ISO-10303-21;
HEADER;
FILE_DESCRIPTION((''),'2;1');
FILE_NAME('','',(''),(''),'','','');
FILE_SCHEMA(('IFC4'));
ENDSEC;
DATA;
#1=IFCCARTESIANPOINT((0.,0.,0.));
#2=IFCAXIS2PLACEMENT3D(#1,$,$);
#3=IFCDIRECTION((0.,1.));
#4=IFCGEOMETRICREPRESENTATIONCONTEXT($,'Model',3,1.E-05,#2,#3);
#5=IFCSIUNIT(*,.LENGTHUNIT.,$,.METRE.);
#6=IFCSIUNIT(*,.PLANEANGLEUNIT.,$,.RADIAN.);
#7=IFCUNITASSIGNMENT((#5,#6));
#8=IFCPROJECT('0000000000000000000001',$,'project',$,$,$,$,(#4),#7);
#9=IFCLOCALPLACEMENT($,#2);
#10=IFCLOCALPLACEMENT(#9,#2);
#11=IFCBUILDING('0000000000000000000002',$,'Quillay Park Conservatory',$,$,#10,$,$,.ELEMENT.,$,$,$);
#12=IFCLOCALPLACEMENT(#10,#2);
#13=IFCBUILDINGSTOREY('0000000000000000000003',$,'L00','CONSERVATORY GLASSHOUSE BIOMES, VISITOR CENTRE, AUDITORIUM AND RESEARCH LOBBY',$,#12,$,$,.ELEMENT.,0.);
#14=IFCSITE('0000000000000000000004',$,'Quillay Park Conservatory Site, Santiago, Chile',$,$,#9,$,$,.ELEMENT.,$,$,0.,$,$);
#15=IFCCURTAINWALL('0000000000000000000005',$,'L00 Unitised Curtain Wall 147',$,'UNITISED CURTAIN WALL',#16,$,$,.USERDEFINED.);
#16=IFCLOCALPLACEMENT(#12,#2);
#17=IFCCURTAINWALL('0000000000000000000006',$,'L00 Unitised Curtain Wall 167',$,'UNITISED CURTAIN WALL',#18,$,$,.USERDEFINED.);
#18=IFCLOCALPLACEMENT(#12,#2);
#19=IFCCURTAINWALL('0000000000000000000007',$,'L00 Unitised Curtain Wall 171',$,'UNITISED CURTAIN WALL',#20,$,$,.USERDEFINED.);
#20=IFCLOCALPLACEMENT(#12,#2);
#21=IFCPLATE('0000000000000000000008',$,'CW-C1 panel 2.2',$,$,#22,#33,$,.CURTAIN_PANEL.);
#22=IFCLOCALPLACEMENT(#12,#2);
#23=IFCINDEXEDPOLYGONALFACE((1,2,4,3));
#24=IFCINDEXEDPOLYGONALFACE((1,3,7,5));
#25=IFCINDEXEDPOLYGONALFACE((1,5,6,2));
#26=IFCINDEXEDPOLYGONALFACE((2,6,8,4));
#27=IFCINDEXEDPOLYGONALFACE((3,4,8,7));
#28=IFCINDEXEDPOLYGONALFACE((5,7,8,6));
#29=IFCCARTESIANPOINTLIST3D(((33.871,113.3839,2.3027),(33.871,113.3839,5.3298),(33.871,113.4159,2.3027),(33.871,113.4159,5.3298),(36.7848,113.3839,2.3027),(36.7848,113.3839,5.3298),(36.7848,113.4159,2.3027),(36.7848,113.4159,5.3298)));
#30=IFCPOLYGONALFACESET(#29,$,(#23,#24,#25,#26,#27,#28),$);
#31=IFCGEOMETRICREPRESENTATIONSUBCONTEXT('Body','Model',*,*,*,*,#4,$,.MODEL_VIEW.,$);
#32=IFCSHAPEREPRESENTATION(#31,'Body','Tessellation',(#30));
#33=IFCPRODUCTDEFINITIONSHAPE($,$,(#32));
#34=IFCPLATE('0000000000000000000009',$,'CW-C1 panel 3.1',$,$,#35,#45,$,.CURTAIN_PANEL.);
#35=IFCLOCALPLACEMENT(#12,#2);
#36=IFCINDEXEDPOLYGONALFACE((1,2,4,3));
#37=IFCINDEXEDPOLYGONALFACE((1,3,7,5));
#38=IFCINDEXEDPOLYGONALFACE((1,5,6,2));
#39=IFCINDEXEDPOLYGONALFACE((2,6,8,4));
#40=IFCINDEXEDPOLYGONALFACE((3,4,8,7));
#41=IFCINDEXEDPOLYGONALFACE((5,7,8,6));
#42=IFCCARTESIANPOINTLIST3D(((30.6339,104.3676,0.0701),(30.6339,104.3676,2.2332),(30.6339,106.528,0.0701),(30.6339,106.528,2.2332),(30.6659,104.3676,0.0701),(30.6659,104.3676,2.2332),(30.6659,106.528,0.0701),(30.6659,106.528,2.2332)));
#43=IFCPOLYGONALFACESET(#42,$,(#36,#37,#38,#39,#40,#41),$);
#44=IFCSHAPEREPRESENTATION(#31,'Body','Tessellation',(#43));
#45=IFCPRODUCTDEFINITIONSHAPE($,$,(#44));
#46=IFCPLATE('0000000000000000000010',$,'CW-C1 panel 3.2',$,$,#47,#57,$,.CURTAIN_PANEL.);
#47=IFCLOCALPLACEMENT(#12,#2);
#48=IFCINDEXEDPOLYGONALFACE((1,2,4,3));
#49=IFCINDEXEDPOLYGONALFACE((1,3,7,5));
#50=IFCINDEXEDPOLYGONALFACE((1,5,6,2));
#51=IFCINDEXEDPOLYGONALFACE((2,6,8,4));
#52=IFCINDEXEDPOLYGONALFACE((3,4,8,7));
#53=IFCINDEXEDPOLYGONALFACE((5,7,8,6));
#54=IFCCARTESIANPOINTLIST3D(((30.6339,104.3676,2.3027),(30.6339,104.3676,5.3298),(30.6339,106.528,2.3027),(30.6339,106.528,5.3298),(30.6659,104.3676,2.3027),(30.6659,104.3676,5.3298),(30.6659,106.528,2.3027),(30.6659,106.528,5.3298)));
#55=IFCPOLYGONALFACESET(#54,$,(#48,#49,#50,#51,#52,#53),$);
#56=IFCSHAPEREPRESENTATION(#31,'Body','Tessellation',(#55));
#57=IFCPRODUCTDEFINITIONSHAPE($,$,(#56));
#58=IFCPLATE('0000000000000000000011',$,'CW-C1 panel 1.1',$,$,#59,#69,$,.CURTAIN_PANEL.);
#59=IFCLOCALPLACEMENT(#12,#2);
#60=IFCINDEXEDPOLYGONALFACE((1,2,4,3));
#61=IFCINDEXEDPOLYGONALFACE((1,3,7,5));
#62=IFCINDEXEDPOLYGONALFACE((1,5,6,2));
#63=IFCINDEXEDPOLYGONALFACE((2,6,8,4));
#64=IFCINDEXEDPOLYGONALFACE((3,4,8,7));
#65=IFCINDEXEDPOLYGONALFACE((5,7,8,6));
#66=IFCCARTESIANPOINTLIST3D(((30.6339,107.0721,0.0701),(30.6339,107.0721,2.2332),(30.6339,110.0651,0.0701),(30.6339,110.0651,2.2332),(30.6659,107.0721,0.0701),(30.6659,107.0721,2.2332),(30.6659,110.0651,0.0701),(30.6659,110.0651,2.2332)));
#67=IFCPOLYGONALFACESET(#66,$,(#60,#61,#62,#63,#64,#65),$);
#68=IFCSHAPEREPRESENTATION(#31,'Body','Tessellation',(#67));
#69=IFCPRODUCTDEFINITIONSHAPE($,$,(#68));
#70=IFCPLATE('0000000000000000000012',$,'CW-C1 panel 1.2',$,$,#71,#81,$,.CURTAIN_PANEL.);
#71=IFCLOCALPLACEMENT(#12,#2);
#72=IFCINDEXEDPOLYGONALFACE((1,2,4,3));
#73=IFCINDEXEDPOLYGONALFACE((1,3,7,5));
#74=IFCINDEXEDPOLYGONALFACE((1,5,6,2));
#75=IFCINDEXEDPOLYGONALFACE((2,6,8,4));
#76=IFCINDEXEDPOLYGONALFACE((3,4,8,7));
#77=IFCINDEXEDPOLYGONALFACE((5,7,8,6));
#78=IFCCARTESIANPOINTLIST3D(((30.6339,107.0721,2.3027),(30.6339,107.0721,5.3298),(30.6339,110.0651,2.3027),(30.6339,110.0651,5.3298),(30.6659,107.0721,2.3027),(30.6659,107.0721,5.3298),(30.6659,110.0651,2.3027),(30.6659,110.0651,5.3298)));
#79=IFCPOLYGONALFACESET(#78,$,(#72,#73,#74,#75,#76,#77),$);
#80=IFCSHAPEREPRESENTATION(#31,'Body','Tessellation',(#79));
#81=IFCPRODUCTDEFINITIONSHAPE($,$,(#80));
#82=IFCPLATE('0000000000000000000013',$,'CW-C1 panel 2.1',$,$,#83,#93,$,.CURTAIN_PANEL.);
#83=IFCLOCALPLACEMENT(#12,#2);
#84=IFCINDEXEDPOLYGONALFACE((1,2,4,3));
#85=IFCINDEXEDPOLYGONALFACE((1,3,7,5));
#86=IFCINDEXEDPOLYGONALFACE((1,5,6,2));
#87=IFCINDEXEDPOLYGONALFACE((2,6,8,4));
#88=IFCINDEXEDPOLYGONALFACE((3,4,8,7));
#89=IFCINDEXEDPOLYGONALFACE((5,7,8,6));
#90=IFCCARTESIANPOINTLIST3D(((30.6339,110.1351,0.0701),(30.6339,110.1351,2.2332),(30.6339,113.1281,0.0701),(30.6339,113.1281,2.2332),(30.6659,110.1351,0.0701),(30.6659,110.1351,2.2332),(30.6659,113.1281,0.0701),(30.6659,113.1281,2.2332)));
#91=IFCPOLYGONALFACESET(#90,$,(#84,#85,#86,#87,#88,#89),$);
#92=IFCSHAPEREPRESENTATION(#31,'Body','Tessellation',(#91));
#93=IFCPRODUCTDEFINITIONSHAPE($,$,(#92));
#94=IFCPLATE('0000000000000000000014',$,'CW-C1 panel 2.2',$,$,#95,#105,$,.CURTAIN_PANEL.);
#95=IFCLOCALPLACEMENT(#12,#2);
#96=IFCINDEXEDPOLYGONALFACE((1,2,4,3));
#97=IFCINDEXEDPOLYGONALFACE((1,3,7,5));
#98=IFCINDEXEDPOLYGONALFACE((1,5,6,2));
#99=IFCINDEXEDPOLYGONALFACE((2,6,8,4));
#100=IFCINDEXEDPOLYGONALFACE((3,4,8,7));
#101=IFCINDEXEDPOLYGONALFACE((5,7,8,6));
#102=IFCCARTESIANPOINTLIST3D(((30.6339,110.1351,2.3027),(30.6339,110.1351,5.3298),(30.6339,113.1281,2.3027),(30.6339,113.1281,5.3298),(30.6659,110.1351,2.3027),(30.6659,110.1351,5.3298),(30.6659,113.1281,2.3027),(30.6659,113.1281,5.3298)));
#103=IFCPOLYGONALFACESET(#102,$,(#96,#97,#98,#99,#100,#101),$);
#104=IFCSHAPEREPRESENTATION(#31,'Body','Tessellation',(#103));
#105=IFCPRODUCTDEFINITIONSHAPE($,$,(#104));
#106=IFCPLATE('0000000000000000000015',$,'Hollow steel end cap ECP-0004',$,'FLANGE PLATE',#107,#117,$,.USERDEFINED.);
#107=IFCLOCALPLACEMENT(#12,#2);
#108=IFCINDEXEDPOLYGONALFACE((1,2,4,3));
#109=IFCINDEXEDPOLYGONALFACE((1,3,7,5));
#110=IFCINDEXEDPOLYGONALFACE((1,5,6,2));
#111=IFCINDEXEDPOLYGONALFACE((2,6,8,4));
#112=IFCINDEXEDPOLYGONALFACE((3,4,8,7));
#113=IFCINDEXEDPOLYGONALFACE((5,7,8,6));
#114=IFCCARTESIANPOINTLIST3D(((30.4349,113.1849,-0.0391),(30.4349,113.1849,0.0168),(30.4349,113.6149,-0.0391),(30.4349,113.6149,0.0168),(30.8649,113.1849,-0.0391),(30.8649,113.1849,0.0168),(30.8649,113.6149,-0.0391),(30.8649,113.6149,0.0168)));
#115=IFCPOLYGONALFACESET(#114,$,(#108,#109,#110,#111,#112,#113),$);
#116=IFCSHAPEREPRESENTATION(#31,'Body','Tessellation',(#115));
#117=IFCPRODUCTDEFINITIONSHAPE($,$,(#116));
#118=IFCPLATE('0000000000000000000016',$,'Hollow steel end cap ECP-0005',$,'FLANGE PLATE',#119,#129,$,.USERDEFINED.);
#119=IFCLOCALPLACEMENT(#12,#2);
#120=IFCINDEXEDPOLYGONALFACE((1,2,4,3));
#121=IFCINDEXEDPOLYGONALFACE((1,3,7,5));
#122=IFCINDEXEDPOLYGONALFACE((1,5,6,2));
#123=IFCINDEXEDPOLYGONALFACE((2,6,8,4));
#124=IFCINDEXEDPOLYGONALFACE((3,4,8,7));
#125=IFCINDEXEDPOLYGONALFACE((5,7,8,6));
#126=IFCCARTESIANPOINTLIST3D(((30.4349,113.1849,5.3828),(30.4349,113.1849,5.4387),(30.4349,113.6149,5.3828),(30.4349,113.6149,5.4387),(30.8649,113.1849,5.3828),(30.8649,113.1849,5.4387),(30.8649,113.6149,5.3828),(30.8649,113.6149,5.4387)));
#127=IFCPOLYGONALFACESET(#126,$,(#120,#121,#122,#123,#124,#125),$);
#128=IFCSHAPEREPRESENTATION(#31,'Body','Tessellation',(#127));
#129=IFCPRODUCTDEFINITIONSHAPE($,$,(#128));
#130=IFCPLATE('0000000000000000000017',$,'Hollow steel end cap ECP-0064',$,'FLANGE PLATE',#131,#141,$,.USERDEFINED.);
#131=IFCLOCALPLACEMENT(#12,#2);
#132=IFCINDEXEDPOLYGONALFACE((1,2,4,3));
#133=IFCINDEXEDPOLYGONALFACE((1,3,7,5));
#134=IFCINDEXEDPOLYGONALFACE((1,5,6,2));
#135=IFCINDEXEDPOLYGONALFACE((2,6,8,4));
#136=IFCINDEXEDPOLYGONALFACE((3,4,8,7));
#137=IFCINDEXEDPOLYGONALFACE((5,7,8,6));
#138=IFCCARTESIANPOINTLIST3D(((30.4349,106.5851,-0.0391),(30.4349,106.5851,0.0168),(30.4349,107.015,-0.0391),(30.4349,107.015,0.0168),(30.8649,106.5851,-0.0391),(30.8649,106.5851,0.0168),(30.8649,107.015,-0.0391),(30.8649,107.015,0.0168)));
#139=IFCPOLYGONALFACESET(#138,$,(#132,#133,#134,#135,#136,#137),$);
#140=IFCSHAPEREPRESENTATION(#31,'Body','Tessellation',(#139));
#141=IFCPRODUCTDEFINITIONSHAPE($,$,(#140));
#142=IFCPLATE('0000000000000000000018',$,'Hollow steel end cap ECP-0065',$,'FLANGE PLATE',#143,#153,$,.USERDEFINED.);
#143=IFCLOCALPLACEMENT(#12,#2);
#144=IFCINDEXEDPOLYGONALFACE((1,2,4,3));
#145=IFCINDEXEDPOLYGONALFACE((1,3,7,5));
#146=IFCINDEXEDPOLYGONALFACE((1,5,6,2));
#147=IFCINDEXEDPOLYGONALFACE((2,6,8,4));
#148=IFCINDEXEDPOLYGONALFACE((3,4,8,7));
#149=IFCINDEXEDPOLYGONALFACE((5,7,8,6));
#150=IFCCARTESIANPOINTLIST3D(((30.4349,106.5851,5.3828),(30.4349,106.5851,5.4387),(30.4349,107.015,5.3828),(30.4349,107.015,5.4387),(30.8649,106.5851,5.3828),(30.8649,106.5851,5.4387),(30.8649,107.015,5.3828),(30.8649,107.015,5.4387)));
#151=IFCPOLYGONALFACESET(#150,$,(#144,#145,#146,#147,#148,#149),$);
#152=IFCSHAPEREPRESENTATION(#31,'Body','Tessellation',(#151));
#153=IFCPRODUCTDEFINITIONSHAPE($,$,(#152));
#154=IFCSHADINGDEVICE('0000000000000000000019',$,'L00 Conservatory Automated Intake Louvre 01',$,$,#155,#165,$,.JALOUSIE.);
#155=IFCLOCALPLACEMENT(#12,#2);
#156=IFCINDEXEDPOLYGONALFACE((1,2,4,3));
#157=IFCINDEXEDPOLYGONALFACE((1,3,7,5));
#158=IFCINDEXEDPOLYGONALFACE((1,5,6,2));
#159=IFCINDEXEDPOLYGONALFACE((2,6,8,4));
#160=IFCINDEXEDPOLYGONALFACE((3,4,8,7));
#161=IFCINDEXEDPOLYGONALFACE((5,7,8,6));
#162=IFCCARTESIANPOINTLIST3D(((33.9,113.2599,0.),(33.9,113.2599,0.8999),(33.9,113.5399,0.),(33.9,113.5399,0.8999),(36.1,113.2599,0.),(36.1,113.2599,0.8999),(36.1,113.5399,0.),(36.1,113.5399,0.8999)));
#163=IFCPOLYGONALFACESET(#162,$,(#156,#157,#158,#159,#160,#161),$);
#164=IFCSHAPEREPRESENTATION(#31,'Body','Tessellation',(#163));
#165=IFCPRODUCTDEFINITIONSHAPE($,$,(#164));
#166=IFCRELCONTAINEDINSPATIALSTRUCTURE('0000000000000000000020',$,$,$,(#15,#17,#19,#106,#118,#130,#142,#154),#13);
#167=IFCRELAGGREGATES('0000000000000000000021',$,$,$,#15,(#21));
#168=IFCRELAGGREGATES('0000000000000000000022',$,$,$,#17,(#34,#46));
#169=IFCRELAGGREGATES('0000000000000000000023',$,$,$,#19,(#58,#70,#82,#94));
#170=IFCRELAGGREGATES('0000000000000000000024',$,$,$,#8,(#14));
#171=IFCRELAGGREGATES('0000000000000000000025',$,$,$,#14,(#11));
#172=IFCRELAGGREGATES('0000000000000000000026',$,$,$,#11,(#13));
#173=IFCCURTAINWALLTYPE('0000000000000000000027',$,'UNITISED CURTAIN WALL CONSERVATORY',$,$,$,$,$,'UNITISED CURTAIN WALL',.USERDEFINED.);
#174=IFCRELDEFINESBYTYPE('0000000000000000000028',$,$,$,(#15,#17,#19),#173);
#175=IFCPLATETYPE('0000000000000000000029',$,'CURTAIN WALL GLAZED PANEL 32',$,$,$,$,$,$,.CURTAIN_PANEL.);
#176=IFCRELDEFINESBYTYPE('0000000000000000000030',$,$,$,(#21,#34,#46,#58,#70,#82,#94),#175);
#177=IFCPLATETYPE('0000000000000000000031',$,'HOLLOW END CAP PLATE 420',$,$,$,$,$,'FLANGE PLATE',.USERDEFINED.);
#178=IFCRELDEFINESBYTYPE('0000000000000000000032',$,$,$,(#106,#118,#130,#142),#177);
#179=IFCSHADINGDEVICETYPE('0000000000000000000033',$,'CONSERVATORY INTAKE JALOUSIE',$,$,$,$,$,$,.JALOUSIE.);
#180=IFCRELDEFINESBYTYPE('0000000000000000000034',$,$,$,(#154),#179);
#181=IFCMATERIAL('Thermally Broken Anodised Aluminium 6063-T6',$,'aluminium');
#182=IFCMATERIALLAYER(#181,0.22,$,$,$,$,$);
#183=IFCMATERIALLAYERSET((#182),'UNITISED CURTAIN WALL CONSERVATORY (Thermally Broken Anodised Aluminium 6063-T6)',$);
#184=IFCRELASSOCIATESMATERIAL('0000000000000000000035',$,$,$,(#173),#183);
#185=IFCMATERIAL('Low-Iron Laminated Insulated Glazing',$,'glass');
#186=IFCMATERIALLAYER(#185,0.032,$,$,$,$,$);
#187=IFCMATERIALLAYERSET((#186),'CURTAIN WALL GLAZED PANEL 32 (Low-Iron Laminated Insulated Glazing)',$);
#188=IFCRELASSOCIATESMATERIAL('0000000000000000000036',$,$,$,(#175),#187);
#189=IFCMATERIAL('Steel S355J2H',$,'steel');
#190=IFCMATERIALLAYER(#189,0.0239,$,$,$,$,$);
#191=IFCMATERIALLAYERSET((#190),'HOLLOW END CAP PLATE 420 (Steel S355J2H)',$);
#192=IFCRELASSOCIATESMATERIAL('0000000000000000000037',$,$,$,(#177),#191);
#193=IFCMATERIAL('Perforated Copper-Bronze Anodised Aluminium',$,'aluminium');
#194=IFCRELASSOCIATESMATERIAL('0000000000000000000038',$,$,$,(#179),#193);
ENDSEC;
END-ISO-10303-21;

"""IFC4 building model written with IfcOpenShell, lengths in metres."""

from ifc_helpers import new_model, si_unit, direction, frame, origin, origin_2d, place, context, subcontext, project, spatial, rectangle, extrude, material, layer, layer_set, type_object, element, aggregate, save


model = new_model("IFC4")

# Units and contexts
model_context = context("Model", 3, precision=1e-05, world=origin(), true_north=direction((0.0, 1.0)))
body_context = subcontext(model_context, "Body", "Model", "MODEL_VIEW")
ifc_project = project(units=[si_unit("LENGTHUNIT", "METRE"), si_unit("PLANEANGLEUNIT", "RADIAN")], contexts=[model_context])

# Site, building, storey
site_placement = place(None, origin())
site = spatial("IfcSite", under=ifc_project, at=site_placement, Name="Quillay Park Conservatory Site, Santiago, Chile", CompositionType="ELEMENT", RefElevation=0.0)
building_placement = place(site_placement, origin())
building = spatial("IfcBuilding", under=site, at=building_placement, Name="Quillay Park Conservatory", CompositionType="ELEMENT")
storey_placement = place(building_placement, origin())
storey = spatial("IfcBuildingStorey", under=building, at=storey_placement, Name="L00", Description="CONSERVATORY GLASSHOUSE BIOMES, VISITOR CENTRE, AUDITORIUM AND RESEARCH LOBBY", CompositionType="ELEMENT", Elevation=0.0)

# Curtain walls
ifc_material_1 = material(Name="Thermally Broken Anodised Aluminium 6063-T6", Category="aluminium")
ifc_layer_1 = layer(ifc_material_1, 0.22)
ifc_layer_set_1 = layer_set([ifc_layer_1], Name="UNITISED CURTAIN WALL CONSERVATORY (Thermally Broken Anodised Aluminium 6063-T6)")
curtain_wall_type = type_object("IfcCurtainWallType", Name="UNITISED CURTAIN WALL CONSERVATORY", ElementType="UNITISED CURTAIN WALL", PredefinedType="USERDEFINED", material=ifc_layer_set_1)
curtain_wall_1_placement = place(storey_placement, origin())
curtain_wall_1 = element("IfcCurtainWall", 1, at=curtain_wall_1_placement, inside=storey, type_object=curtain_wall_type, Name="L00 Unitised Curtain Wall 147", ObjectType="UNITISED CURTAIN WALL", PredefinedType="USERDEFINED")
curtain_wall_2_placement = place(storey_placement, origin())
curtain_wall_2 = element("IfcCurtainWall", 2, at=curtain_wall_2_placement, inside=storey, type_object=curtain_wall_type, Name="L00 Unitised Curtain Wall 167", ObjectType="UNITISED CURTAIN WALL", PredefinedType="USERDEFINED")
curtain_wall_3_placement = place(storey_placement, origin())
curtain_wall_3 = element("IfcCurtainWall", 3, at=curtain_wall_3_placement, inside=storey, type_object=curtain_wall_type, Name="L00 Unitised Curtain Wall 171", ObjectType="UNITISED CURTAIN WALL", PredefinedType="USERDEFINED")

# Plates
ifc_material_2 = material(Name="Low-Iron Laminated Insulated Glazing", Category="glass")
ifc_layer_2 = layer(ifc_material_2, 0.032)
ifc_layer_set_2 = layer_set([ifc_layer_2], Name="CURTAIN WALL GLAZED PANEL 32 (Low-Iron Laminated Insulated Glazing)")
plate_type_1 = type_object("IfcPlateType", Name="CURTAIN WALL GLAZED PANEL 32", PredefinedType="CURTAIN_PANEL", material=ifc_layer_set_2)
plate_1_placement = place(storey_placement, frame((35.3279, 113.3999, 2.3027), z_axis=(0.0, 0.0, 1.0), x_axis=(1.0, 0.0, 0.0)))
plate_1 = element("IfcPlate", 4, at=plate_1_placement, type_object=plate_type_1, Name="CW-C1 panel 2.2", PredefinedType="CURTAIN_PANEL", context=body_context, shape_type="SweptSolid", body=[
    extrude(rectangle(XDim=2.9138, YDim=0.032, at=origin_2d()), origin(), (0.0, 0.0, 1.0), 3.0271),
])
aggregate(curtain_wall_1, [plate_1])
plate_2_placement = place(storey_placement, frame((30.6499, 105.4478, 0.0701), z_axis=(0.0, 0.0, 1.0), x_axis=(0.0, 1.0, 0.0)))
plate_2 = element("IfcPlate", 5, at=plate_2_placement, type_object=plate_type_1, Name="CW-C1 panel 3.1", PredefinedType="CURTAIN_PANEL", context=body_context, shape_type="SweptSolid", body=[
    extrude(rectangle(XDim=2.1604, YDim=0.032, at=origin_2d()), origin(), (0.0, 0.0, 1.0), 2.1631),
])
plate_3_placement = place(storey_placement, frame((30.6499, 105.4478, 2.3027), z_axis=(0.0, 0.0, 1.0), x_axis=(0.0, 1.0, 0.0)))
plate_3 = element("IfcPlate", 6, at=plate_3_placement, type_object=plate_type_1, Name="CW-C1 panel 3.2", PredefinedType="CURTAIN_PANEL", context=body_context, shape_type="SweptSolid", body=[
    extrude(rectangle(XDim=2.1604, YDim=0.032, at=origin_2d()), origin(), (0.0, 0.0, 1.0), 3.0271),
])
aggregate(curtain_wall_2, [plate_2, plate_3])
plate_4_placement = place(storey_placement, frame((30.6499, 108.5686, 0.0701), z_axis=(0.0, 0.0, 1.0), x_axis=(0.0, 1.0, 0.0)))
plate_4 = element("IfcPlate", 7, at=plate_4_placement, type_object=plate_type_1, Name="CW-C1 panel 1.1", PredefinedType="CURTAIN_PANEL", context=body_context, shape_type="SweptSolid", body=[
    extrude(rectangle(XDim=2.9929, YDim=0.032, at=origin_2d()), origin(), (0.0, 0.0, 1.0), 2.1631),
])
plate_5_placement = place(storey_placement, frame((30.6499, 108.5686, 2.3027), z_axis=(0.0, 0.0, 1.0), x_axis=(0.0, 1.0, 0.0)))
plate_5 = element("IfcPlate", 8, at=plate_5_placement, type_object=plate_type_1, Name="CW-C1 panel 1.2", PredefinedType="CURTAIN_PANEL", context=body_context, shape_type="SweptSolid", body=[
    extrude(rectangle(XDim=2.9929, YDim=0.032, at=origin_2d()), origin(), (0.0, 0.0, 1.0), 3.0271),
])
plate_6_placement = place(storey_placement, frame((30.6499, 111.6316, 0.0701), z_axis=(0.0, 0.0, 1.0), x_axis=(0.0, 1.0, 0.0)))
plate_6 = element("IfcPlate", 9, at=plate_6_placement, type_object=plate_type_1, Name="CW-C1 panel 2.1", PredefinedType="CURTAIN_PANEL", context=body_context, shape_type="SweptSolid", body=[
    extrude(rectangle(XDim=2.9929, YDim=0.032, at=origin_2d()), origin(), (0.0, 0.0, 1.0), 2.1631),
])
plate_7_placement = place(storey_placement, frame((30.6499, 111.6316, 2.3027), z_axis=(0.0, 0.0, 1.0), x_axis=(0.0, 1.0, 0.0)))
plate_7 = element("IfcPlate", 10, at=plate_7_placement, type_object=plate_type_1, Name="CW-C1 panel 2.2", PredefinedType="CURTAIN_PANEL", context=body_context, shape_type="SweptSolid", body=[
    extrude(rectangle(XDim=2.9929, YDim=0.032, at=origin_2d()), origin(), (0.0, 0.0, 1.0), 3.0271),
])
aggregate(curtain_wall_3, [plate_4, plate_5, plate_6, plate_7])

# Plates
ifc_material_3 = material(Name="Steel S355J2H", Category="steel")
ifc_layer_3 = layer(ifc_material_3, 0.0239)
ifc_layer_set_3 = layer_set([ifc_layer_3], Name="HOLLOW END CAP PLATE 420 (Steel S355J2H)")
plate_type_2 = type_object("IfcPlateType", Name="HOLLOW END CAP PLATE 420", ElementType="FLANGE PLATE", PredefinedType="USERDEFINED", material=ifc_layer_set_3)
for number, where, z_axis, x_axis, name in (
    (11, (30.6499, 113.3999, -0.0391), (0.0, 0.0, 1.0), (1.0, 0.0, 0.0), "Hollow steel end cap ECP-0004"),
    (12, (30.6499, 113.3999, 5.3828), (0.0, 0.0, 1.0), (1.0, 0.0, 0.0), "Hollow steel end cap ECP-0005"),
    (13, (30.6499, 106.8, -0.0391), (0.0, 0.0, 1.0), (1.0, 0.0, 0.0), "Hollow steel end cap ECP-0064"),
    (14, (30.6499, 106.8, 5.3828), (0.0, 0.0, 1.0), (1.0, 0.0, 0.0), "Hollow steel end cap ECP-0065"),
):
    element("IfcPlate", number, at=place(storey_placement, frame(where, z_axis=z_axis, x_axis=x_axis)), inside=storey, type_object=plate_type_2, Name=name, ObjectType="FLANGE PLATE", PredefinedType="USERDEFINED", context=body_context, shape_type="SweptSolid", body=[
        extrude(rectangle(XDim=0.4299, YDim=0.4299, at=origin_2d()), origin(), (0.0, 0.0, 1.0), 0.0559),
    ])

# Shading device
ifc_material_4 = material(Name="Perforated Copper-Bronze Anodised Aluminium", Category="aluminium")
shading_device_type = type_object("IfcShadingDeviceType", Name="CONSERVATORY INTAKE JALOUSIE", PredefinedType="JALOUSIE", material=ifc_material_4)
shading_device_placement = place(storey_placement, frame((35.0, 113.3999, 0.0), z_axis=(0.0, 0.0, 1.0), x_axis=(1.0, 0.0, 0.0)))
element("IfcShadingDevice", 15, at=shading_device_placement, inside=storey, type_object=shading_device_type, Name="L00 Conservatory Automated Intake Louvre 01", PredefinedType="JALOUSIE", context=body_context, shape_type="SweptSolid", body=[
    extrude(rectangle(XDim=2.2, YDim=0.28, at=origin_2d()), origin(), (0.0, 0.0, 1.0), 0.8999),
])

save(model, "model.ifc")
